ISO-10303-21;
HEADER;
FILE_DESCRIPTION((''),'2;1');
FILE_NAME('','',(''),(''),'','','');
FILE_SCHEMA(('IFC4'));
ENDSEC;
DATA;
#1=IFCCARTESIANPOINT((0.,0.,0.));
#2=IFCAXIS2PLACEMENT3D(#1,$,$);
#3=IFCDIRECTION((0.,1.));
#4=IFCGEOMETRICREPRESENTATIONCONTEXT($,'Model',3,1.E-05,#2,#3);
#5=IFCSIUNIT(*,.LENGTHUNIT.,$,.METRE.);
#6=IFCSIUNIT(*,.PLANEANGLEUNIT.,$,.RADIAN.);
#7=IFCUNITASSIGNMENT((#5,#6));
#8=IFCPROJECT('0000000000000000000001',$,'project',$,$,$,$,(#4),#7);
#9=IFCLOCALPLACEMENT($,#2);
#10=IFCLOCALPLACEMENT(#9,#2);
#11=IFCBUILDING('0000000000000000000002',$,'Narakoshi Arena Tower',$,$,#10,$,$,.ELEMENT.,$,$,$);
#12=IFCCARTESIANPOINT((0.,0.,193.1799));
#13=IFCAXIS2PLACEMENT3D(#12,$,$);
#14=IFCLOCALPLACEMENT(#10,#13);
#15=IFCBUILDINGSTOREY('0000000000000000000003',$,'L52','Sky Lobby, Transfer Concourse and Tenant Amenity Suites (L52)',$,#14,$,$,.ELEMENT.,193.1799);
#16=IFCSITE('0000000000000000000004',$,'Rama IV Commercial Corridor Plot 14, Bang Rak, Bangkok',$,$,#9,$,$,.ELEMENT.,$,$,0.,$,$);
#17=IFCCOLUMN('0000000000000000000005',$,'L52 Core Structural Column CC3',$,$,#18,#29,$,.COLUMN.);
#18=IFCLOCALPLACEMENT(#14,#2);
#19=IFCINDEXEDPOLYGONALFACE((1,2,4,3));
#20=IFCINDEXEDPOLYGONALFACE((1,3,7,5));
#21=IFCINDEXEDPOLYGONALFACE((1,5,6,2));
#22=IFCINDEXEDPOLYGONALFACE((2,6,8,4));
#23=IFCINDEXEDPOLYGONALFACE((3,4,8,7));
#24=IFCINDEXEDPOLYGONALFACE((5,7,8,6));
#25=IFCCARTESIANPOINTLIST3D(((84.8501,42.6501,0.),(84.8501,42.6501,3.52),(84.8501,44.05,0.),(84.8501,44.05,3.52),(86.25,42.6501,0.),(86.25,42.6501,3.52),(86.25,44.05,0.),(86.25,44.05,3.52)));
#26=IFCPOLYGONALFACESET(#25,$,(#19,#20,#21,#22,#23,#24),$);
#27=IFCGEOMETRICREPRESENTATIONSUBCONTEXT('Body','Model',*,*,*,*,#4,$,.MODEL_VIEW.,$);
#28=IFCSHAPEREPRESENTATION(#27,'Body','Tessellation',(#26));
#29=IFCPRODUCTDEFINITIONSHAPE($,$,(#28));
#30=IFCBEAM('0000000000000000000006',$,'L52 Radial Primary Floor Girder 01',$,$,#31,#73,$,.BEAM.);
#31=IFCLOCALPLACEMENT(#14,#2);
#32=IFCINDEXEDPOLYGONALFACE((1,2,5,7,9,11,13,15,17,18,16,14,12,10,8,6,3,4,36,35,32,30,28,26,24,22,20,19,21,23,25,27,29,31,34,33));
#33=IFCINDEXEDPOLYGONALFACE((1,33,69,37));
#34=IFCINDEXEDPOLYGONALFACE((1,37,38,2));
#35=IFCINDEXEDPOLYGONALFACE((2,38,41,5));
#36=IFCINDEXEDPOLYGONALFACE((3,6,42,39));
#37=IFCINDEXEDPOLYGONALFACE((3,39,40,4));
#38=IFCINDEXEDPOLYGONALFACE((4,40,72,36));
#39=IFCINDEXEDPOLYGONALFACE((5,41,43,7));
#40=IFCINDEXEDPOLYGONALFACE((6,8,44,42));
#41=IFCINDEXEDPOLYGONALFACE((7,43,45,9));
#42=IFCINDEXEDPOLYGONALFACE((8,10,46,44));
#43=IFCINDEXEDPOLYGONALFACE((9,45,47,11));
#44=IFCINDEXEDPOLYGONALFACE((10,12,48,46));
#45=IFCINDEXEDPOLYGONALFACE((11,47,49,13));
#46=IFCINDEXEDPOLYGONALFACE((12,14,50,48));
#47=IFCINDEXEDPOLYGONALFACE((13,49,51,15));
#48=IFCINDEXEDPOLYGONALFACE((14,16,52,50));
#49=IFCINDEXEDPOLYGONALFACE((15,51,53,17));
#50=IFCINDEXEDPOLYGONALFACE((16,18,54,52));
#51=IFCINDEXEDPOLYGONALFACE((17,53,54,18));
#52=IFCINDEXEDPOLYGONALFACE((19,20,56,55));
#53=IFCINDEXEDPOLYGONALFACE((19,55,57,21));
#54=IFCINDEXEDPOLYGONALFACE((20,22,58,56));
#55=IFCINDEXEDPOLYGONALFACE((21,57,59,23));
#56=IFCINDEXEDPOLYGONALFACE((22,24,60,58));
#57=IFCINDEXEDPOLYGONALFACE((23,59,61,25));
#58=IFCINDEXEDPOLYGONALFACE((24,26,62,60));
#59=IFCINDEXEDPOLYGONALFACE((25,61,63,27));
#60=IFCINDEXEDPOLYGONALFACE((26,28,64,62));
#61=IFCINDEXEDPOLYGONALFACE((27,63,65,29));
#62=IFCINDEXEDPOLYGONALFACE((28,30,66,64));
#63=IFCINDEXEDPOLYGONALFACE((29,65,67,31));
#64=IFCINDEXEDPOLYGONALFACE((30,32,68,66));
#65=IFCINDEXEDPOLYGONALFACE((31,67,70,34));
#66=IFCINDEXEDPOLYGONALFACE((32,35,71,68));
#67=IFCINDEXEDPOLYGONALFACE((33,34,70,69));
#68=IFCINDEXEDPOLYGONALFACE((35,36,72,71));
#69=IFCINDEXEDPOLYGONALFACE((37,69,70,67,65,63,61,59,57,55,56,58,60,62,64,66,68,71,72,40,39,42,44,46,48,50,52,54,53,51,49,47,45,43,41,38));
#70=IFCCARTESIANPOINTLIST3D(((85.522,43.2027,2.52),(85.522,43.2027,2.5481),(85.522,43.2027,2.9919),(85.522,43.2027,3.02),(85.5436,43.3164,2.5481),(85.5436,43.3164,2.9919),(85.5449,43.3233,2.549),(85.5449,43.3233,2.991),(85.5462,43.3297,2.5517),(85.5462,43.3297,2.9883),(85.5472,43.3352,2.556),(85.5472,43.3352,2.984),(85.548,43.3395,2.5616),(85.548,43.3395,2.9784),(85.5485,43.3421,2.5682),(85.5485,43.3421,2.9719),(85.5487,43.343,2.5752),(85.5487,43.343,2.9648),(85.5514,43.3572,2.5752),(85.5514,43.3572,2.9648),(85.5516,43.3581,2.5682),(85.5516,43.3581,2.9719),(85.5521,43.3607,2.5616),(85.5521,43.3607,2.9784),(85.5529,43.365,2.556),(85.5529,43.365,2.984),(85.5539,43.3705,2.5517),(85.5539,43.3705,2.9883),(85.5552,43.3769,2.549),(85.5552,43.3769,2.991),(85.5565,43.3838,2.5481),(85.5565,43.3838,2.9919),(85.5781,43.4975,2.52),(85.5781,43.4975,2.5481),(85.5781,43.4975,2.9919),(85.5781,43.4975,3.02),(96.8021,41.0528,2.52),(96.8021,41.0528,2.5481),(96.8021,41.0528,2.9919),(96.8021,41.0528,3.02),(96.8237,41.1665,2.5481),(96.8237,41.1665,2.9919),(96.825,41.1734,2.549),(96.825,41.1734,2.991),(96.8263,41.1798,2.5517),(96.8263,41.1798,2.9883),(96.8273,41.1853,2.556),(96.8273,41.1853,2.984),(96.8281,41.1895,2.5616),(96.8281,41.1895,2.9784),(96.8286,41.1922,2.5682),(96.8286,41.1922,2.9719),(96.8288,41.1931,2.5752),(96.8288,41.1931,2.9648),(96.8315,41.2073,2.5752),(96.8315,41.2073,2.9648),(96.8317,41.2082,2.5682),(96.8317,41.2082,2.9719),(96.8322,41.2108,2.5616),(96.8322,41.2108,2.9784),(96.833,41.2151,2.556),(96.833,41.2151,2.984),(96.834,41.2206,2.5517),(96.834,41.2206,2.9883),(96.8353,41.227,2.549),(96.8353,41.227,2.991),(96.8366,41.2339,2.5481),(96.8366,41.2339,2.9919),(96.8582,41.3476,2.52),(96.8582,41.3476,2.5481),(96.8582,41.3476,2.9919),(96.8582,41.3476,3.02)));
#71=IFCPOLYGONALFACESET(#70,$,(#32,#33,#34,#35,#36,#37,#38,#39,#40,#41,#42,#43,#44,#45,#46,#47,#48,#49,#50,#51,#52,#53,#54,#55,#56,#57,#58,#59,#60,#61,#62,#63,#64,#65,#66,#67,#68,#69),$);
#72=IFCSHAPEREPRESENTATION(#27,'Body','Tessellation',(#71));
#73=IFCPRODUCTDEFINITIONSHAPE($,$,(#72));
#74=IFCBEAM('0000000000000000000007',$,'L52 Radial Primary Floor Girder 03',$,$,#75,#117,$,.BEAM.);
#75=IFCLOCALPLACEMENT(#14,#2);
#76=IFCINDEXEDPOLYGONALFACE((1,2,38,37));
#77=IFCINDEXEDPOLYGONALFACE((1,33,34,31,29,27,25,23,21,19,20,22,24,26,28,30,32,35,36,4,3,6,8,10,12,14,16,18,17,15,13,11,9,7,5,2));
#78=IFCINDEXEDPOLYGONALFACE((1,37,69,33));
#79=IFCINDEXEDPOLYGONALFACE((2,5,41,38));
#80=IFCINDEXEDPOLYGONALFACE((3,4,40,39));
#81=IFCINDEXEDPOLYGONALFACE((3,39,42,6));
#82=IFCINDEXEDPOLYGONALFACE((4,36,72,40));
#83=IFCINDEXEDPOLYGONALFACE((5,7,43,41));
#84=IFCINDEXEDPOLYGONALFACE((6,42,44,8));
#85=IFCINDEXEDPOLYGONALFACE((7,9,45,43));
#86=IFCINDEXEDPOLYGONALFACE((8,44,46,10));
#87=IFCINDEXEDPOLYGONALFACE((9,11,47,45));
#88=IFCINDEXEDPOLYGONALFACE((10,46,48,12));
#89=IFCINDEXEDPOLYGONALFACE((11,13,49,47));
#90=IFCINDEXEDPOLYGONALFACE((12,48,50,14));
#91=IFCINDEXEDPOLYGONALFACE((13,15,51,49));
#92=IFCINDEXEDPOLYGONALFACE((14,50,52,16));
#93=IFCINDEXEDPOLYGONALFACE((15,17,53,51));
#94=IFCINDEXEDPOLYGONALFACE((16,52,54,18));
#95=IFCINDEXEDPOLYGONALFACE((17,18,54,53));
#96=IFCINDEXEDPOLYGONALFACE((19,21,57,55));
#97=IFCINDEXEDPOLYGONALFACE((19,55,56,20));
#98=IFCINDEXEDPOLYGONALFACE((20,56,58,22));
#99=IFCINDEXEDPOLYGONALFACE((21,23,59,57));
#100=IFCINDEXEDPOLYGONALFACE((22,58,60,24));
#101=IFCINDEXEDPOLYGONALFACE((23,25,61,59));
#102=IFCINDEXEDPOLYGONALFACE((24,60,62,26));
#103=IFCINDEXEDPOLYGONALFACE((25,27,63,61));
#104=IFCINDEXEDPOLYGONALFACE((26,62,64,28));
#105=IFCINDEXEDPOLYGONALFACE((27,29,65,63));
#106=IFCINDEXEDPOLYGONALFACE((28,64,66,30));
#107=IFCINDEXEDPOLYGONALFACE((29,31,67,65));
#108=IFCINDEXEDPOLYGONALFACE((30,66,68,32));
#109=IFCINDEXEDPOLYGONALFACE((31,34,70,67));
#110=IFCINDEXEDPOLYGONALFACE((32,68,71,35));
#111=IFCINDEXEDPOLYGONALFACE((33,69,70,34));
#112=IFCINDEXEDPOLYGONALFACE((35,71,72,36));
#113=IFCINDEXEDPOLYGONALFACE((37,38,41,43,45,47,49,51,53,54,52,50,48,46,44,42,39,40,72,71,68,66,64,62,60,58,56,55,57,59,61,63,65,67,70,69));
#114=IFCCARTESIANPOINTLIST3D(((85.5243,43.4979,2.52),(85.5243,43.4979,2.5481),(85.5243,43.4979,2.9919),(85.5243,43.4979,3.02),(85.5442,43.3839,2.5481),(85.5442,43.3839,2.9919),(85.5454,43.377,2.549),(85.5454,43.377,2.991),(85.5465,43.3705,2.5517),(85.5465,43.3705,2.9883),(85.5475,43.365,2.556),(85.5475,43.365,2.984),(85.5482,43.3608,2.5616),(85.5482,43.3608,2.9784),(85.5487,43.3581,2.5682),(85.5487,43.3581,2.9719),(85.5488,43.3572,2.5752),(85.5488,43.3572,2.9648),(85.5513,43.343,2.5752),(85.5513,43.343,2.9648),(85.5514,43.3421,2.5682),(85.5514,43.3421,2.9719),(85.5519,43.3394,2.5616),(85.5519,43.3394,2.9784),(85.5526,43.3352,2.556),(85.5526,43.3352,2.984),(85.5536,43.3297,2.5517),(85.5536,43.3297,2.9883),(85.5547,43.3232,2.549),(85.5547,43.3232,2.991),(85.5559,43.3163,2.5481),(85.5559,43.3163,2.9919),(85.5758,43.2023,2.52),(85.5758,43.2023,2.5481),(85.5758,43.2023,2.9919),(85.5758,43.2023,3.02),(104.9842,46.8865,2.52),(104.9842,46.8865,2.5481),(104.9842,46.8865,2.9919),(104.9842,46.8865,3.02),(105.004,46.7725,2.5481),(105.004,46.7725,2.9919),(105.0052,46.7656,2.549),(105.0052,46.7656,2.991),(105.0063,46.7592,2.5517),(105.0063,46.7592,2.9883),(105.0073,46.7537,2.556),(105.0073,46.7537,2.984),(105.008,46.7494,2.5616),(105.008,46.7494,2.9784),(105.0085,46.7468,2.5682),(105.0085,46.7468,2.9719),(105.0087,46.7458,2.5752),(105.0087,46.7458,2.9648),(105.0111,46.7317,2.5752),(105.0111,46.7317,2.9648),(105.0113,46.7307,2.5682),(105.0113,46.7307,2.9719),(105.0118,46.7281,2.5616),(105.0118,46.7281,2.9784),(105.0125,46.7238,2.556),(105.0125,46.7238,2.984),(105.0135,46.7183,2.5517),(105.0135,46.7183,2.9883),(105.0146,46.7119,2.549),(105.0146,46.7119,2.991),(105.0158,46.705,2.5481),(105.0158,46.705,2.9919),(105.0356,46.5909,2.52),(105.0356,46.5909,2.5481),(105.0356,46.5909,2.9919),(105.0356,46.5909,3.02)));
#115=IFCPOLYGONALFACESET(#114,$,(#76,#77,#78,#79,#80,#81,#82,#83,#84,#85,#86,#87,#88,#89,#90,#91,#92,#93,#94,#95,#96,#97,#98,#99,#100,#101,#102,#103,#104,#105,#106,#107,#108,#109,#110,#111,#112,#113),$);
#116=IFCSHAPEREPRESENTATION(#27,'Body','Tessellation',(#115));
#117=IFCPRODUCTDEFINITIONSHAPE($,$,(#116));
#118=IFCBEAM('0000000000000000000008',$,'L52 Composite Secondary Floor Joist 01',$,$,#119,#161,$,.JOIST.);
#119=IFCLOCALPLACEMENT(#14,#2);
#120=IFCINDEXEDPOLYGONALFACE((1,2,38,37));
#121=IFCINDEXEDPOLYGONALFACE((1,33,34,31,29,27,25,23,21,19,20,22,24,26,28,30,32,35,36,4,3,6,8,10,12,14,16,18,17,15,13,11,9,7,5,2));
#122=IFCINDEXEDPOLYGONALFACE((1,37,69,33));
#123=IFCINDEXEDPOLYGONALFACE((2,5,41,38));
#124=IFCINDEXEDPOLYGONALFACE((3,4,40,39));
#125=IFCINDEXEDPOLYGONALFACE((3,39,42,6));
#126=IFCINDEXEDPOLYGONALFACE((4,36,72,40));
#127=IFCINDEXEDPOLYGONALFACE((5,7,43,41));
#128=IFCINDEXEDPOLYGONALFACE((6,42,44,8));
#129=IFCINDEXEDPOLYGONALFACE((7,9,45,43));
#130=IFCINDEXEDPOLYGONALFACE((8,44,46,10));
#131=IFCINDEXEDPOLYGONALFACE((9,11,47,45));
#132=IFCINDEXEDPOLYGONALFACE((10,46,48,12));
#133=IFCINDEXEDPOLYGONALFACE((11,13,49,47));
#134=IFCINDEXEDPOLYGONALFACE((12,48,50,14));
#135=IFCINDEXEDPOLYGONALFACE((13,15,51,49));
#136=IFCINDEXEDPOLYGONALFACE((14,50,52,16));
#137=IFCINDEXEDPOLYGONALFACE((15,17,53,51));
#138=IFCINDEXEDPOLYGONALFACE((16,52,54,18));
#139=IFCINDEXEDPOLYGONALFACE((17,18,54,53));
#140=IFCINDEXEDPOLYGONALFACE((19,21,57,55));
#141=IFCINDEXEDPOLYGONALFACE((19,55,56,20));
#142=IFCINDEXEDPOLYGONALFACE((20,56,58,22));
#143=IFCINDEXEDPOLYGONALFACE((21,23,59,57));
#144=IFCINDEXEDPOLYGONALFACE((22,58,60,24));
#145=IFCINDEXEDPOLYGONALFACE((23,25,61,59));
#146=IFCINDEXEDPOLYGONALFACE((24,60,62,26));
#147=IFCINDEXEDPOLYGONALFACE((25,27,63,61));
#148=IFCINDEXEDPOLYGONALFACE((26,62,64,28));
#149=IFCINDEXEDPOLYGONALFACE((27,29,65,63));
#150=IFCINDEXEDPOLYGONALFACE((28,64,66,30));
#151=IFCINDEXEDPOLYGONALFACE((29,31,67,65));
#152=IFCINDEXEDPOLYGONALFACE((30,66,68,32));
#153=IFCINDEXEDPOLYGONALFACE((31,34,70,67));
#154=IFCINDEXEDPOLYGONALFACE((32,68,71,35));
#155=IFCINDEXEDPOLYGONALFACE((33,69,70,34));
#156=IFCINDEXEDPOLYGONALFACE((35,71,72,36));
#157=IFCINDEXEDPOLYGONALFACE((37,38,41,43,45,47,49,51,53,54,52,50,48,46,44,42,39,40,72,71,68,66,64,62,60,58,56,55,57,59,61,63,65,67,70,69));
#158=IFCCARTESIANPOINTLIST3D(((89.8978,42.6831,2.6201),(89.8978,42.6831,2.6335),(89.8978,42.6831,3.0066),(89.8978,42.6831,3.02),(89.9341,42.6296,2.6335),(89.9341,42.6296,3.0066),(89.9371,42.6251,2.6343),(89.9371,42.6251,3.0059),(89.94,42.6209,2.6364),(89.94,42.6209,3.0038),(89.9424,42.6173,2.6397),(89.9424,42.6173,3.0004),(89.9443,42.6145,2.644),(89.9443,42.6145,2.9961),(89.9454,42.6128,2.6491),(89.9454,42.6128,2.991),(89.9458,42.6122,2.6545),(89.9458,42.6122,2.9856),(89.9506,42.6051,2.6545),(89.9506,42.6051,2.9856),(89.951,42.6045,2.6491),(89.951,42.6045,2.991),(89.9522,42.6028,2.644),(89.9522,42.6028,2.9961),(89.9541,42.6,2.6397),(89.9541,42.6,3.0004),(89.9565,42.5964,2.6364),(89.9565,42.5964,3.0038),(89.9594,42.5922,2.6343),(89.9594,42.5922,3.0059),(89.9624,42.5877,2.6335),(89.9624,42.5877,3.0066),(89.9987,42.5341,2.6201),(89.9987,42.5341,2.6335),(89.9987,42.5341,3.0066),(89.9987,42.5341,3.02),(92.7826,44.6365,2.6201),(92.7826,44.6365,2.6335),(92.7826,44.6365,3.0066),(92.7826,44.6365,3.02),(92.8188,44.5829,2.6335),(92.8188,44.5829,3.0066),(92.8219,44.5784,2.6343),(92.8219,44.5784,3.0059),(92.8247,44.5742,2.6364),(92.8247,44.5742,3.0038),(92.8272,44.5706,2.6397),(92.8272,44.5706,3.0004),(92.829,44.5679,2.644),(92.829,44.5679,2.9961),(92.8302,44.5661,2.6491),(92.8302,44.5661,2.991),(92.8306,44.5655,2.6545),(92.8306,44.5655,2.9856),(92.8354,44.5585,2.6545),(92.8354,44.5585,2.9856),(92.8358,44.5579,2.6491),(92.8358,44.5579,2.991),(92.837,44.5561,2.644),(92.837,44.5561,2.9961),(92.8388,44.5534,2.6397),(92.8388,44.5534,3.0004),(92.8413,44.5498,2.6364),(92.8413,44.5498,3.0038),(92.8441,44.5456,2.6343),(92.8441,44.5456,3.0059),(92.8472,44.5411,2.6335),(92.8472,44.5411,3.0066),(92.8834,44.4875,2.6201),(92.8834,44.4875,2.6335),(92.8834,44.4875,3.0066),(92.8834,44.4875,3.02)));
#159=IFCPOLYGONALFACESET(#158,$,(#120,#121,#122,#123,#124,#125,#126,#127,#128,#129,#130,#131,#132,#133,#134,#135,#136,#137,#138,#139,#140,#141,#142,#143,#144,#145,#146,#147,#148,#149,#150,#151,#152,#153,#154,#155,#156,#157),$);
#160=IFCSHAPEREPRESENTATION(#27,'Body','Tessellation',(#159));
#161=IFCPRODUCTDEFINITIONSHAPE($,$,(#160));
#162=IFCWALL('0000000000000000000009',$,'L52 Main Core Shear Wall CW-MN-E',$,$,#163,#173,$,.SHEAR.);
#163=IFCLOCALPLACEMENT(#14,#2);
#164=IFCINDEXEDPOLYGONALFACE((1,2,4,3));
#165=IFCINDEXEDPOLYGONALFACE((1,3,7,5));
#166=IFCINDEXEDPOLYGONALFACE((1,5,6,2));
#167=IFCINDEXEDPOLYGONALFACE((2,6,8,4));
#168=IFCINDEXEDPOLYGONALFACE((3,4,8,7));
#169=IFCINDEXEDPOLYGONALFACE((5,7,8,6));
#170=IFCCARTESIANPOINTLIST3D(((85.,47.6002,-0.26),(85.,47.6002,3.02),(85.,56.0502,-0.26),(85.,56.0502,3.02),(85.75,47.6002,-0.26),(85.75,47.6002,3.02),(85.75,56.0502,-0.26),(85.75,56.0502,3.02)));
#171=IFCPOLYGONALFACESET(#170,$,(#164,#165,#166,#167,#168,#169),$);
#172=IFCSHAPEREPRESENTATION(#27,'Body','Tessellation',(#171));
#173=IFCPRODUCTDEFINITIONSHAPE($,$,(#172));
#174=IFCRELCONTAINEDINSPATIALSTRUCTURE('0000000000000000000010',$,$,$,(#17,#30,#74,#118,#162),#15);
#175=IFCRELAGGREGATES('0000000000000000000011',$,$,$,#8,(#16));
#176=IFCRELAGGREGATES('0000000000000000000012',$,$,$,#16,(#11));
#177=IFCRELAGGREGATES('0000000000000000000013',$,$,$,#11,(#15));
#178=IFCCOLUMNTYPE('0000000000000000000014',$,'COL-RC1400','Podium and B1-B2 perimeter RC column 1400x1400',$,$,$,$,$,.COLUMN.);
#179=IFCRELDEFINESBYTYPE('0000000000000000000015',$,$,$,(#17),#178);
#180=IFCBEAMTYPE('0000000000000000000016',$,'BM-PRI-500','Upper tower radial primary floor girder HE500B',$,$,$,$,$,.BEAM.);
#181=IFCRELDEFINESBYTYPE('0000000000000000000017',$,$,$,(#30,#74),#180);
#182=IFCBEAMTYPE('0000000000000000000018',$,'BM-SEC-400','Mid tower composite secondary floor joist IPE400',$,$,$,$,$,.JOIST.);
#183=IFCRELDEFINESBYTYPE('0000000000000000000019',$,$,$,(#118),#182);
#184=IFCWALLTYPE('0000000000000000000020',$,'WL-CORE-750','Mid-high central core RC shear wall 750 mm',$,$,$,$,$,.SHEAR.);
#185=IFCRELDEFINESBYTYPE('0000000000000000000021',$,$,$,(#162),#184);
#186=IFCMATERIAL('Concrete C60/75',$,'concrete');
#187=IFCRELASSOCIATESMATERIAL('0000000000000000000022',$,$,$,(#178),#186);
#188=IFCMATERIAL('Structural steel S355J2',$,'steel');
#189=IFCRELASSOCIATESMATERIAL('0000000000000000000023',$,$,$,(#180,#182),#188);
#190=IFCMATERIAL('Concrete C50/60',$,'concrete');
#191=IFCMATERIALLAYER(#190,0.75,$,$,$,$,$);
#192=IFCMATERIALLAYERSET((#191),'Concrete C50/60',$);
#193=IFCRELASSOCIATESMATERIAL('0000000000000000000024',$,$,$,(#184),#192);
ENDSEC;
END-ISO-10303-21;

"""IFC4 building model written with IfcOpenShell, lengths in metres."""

from ifc_helpers import new_model, si_unit, direction, frame, frame_2d, origin, origin_2d, place, context, subcontext, project, spatial, rectangle, i_section, extrude, material, layer, layer_set, material_profile, profile_set, type_object, element, save


model = new_model("IFC4")

# Units and contexts
model_context = context("Model", 3, precision=1e-05, world=origin(), true_north=direction((0.0, 1.0)))
body_context = subcontext(model_context, "Body", "Model", "MODEL_VIEW")
ifc_project = project(units=[si_unit("LENGTHUNIT", "METRE"), si_unit("PLANEANGLEUNIT", "RADIAN")], contexts=[model_context])

# Site, building, storey
site_placement = place(None, origin())
site = spatial("IfcSite", under=ifc_project, at=site_placement, Name="Rama IV Commercial Corridor Plot 14, Bang Rak, Bangkok", CompositionType="ELEMENT", RefElevation=0.0)
building_placement = place(site_placement, origin())
building = spatial("IfcBuilding", under=site, at=building_placement, Name="Narakoshi Arena Tower", CompositionType="ELEMENT")
storey_placement = place(building_placement, frame((0.0, 0.0, 193.1799)))
storey = spatial("IfcBuildingStorey", under=building, at=storey_placement, Name="L52", Description="Sky Lobby, Transfer Concourse and Tenant Amenity Suites (L52)", CompositionType="ELEMENT", Elevation=193.1799)

# Column
ifc_material_1 = material(Name="Concrete C60/75", Category="concrete")
ifc_material_profile_1 = material_profile(ifc_material_1, rectangle(XDim=1.3999, YDim=1.3999, at=origin_2d()), Name="RC1400x1400")
ifc_profile_set_1 = profile_set([ifc_material_profile_1], Name="Concrete C60/75")
column_type = type_object("IfcColumnType", Name="COL-RC1400", Description="Podium and B1-B2 perimeter RC column 1400x1400", PredefinedType="COLUMN", material=ifc_profile_set_1)
column_placement = place(storey_placement, frame((85.55, 43.3501, 0.0), z_axis=(0.0, 0.0, 1.0), x_axis=(1.0, 0.0, 0.0)))
element("IfcColumn", 1, at=column_placement, inside=storey, type_object=column_type, Name="L52 Core Structural Column CC3", PredefinedType="COLUMN", context=body_context, shape_type="SweptSolid", body=[
    extrude(rectangle(XDim=1.3999, YDim=1.3999, at=origin_2d()), origin(), (0.0, 0.0, 1.0), 3.52),
])

# Beams
ifc_material_2 = material(Name="Structural steel S355J2", Category="steel")
ifc_material_profile_2 = material_profile(ifc_material_2, i_section(OverallWidth=0.3, OverallDepth=0.5, WebThickness=0.0144, FlangeThickness=0.0281, FilletRadius=0.0271, at=origin_2d()), Name="HE500B")
ifc_profile_set_2 = profile_set([ifc_material_profile_2], Name="Structural steel S355J2")
beam_type_1 = type_object("IfcBeamType", Name="BM-PRI-500", Description="Upper tower radial primary floor girder HE500B", PredefinedType="BEAM", material=ifc_profile_set_2)
beam_1_placement = place(storey_placement, frame((85.55, 43.3501, 2.77), z_axis=(0.982317, -0.187223, 0.0), x_axis=(0.187223, 0.982317, 0.0)))
element("IfcBeam", 2, at=beam_1_placement, inside=storey, type_object=beam_type_1, Name="L52 Radial Primary Floor Girder 01", PredefinedType="BEAM", context=body_context, shape_type="SweptSolid", body=[
    extrude(i_section(OverallWidth=0.3, OverallDepth=0.5, WebThickness=0.0144, FlangeThickness=0.0281, FilletRadius=0.0271, at=origin_2d()), origin(), (0.0, 0.0, 1.0), 11.4832),
])
beam_2_placement = place(storey_placement, frame((85.55, 43.3501, 2.77), z_axis=(0.985175, 0.171554, 0.0), x_axis=(-0.171554, 0.985175, 0.0)))
element("IfcBeam", 3, at=beam_2_placement, inside=storey, type_object=beam_type_1, Name="L52 Radial Primary Floor Girder 03", PredefinedType="BEAM", context=body_context, shape_type="SweptSolid", body=[
    extrude(i_section(OverallWidth=0.3, OverallDepth=0.5, WebThickness=0.0144, FlangeThickness=0.0281, FilletRadius=0.0271, at=origin_2d()), origin(), (0.0, 0.0, 1.0), 19.7527),
])
ifc_material_profile_3 = material_profile(ifc_material_2, i_section(OverallWidth=0.1799, OverallDepth=0.3999, WebThickness=0.0085, FlangeThickness=0.0134, FilletRadius=0.021, at=origin_2d()), Name="IPE400")
ifc_profile_set_3 = profile_set([ifc_material_profile_3], Name="Structural steel S355J2")
beam_type_2 = type_object("IfcBeamType", Name="BM-SEC-400", Description="Mid tower composite secondary floor joist IPE400", PredefinedType="JOIST", material=ifc_profile_set_3)
beam_3_placement = place(storey_placement, frame((89.9482, 42.6086, 2.8201), z_axis=(0.828029, 0.560685, 0.0), x_axis=(-0.560685, 0.828029, 0.0)))
element("IfcBeam", 4, at=beam_3_placement, inside=storey, type_object=beam_type_2, Name="L52 Composite Secondary Floor Joist 01", PredefinedType="JOIST", context=body_context, shape_type="SweptSolid", body=[
    extrude(i_section(OverallWidth=0.1799, OverallDepth=0.3999, WebThickness=0.0085, FlangeThickness=0.0134, FilletRadius=0.021, at=origin_2d()), origin(), (0.0, 0.0, 1.0), 3.4839),
])

# Wall
ifc_material_3 = material(Name="Concrete C50/60", Category="concrete")
ifc_layer_1 = layer(ifc_material_3, 0.75)
ifc_layer_set_1 = layer_set([ifc_layer_1], Name="Concrete C50/60")
wall_type_1 = type_object("IfcWallType", Name="WL-CORE-750", Description="Mid-high central core RC shear wall 750 mm", PredefinedType="SHEAR", material=ifc_layer_set_1)
wall_1_placement = place(storey_placement, frame((85.375, 47.6001, -0.26), z_axis=(0.0, 0.0, 1.0), x_axis=(0.0, 1.0, 0.0)))
element("IfcWall", 5, at=wall_1_placement, inside=storey, type_object=wall_type_1, Name="L52 Main Core Shear Wall CW-MN-E", PredefinedType="SHEAR", context=body_context, shape_type="SweptSolid", body=[
    extrude(rectangle(XDim=8.45, YDim=0.75, at=frame_2d((4.2251, 0.0))), origin(), (0.0, 0.0, 1.0), 3.28),
])

save(model, "model.ifc")
